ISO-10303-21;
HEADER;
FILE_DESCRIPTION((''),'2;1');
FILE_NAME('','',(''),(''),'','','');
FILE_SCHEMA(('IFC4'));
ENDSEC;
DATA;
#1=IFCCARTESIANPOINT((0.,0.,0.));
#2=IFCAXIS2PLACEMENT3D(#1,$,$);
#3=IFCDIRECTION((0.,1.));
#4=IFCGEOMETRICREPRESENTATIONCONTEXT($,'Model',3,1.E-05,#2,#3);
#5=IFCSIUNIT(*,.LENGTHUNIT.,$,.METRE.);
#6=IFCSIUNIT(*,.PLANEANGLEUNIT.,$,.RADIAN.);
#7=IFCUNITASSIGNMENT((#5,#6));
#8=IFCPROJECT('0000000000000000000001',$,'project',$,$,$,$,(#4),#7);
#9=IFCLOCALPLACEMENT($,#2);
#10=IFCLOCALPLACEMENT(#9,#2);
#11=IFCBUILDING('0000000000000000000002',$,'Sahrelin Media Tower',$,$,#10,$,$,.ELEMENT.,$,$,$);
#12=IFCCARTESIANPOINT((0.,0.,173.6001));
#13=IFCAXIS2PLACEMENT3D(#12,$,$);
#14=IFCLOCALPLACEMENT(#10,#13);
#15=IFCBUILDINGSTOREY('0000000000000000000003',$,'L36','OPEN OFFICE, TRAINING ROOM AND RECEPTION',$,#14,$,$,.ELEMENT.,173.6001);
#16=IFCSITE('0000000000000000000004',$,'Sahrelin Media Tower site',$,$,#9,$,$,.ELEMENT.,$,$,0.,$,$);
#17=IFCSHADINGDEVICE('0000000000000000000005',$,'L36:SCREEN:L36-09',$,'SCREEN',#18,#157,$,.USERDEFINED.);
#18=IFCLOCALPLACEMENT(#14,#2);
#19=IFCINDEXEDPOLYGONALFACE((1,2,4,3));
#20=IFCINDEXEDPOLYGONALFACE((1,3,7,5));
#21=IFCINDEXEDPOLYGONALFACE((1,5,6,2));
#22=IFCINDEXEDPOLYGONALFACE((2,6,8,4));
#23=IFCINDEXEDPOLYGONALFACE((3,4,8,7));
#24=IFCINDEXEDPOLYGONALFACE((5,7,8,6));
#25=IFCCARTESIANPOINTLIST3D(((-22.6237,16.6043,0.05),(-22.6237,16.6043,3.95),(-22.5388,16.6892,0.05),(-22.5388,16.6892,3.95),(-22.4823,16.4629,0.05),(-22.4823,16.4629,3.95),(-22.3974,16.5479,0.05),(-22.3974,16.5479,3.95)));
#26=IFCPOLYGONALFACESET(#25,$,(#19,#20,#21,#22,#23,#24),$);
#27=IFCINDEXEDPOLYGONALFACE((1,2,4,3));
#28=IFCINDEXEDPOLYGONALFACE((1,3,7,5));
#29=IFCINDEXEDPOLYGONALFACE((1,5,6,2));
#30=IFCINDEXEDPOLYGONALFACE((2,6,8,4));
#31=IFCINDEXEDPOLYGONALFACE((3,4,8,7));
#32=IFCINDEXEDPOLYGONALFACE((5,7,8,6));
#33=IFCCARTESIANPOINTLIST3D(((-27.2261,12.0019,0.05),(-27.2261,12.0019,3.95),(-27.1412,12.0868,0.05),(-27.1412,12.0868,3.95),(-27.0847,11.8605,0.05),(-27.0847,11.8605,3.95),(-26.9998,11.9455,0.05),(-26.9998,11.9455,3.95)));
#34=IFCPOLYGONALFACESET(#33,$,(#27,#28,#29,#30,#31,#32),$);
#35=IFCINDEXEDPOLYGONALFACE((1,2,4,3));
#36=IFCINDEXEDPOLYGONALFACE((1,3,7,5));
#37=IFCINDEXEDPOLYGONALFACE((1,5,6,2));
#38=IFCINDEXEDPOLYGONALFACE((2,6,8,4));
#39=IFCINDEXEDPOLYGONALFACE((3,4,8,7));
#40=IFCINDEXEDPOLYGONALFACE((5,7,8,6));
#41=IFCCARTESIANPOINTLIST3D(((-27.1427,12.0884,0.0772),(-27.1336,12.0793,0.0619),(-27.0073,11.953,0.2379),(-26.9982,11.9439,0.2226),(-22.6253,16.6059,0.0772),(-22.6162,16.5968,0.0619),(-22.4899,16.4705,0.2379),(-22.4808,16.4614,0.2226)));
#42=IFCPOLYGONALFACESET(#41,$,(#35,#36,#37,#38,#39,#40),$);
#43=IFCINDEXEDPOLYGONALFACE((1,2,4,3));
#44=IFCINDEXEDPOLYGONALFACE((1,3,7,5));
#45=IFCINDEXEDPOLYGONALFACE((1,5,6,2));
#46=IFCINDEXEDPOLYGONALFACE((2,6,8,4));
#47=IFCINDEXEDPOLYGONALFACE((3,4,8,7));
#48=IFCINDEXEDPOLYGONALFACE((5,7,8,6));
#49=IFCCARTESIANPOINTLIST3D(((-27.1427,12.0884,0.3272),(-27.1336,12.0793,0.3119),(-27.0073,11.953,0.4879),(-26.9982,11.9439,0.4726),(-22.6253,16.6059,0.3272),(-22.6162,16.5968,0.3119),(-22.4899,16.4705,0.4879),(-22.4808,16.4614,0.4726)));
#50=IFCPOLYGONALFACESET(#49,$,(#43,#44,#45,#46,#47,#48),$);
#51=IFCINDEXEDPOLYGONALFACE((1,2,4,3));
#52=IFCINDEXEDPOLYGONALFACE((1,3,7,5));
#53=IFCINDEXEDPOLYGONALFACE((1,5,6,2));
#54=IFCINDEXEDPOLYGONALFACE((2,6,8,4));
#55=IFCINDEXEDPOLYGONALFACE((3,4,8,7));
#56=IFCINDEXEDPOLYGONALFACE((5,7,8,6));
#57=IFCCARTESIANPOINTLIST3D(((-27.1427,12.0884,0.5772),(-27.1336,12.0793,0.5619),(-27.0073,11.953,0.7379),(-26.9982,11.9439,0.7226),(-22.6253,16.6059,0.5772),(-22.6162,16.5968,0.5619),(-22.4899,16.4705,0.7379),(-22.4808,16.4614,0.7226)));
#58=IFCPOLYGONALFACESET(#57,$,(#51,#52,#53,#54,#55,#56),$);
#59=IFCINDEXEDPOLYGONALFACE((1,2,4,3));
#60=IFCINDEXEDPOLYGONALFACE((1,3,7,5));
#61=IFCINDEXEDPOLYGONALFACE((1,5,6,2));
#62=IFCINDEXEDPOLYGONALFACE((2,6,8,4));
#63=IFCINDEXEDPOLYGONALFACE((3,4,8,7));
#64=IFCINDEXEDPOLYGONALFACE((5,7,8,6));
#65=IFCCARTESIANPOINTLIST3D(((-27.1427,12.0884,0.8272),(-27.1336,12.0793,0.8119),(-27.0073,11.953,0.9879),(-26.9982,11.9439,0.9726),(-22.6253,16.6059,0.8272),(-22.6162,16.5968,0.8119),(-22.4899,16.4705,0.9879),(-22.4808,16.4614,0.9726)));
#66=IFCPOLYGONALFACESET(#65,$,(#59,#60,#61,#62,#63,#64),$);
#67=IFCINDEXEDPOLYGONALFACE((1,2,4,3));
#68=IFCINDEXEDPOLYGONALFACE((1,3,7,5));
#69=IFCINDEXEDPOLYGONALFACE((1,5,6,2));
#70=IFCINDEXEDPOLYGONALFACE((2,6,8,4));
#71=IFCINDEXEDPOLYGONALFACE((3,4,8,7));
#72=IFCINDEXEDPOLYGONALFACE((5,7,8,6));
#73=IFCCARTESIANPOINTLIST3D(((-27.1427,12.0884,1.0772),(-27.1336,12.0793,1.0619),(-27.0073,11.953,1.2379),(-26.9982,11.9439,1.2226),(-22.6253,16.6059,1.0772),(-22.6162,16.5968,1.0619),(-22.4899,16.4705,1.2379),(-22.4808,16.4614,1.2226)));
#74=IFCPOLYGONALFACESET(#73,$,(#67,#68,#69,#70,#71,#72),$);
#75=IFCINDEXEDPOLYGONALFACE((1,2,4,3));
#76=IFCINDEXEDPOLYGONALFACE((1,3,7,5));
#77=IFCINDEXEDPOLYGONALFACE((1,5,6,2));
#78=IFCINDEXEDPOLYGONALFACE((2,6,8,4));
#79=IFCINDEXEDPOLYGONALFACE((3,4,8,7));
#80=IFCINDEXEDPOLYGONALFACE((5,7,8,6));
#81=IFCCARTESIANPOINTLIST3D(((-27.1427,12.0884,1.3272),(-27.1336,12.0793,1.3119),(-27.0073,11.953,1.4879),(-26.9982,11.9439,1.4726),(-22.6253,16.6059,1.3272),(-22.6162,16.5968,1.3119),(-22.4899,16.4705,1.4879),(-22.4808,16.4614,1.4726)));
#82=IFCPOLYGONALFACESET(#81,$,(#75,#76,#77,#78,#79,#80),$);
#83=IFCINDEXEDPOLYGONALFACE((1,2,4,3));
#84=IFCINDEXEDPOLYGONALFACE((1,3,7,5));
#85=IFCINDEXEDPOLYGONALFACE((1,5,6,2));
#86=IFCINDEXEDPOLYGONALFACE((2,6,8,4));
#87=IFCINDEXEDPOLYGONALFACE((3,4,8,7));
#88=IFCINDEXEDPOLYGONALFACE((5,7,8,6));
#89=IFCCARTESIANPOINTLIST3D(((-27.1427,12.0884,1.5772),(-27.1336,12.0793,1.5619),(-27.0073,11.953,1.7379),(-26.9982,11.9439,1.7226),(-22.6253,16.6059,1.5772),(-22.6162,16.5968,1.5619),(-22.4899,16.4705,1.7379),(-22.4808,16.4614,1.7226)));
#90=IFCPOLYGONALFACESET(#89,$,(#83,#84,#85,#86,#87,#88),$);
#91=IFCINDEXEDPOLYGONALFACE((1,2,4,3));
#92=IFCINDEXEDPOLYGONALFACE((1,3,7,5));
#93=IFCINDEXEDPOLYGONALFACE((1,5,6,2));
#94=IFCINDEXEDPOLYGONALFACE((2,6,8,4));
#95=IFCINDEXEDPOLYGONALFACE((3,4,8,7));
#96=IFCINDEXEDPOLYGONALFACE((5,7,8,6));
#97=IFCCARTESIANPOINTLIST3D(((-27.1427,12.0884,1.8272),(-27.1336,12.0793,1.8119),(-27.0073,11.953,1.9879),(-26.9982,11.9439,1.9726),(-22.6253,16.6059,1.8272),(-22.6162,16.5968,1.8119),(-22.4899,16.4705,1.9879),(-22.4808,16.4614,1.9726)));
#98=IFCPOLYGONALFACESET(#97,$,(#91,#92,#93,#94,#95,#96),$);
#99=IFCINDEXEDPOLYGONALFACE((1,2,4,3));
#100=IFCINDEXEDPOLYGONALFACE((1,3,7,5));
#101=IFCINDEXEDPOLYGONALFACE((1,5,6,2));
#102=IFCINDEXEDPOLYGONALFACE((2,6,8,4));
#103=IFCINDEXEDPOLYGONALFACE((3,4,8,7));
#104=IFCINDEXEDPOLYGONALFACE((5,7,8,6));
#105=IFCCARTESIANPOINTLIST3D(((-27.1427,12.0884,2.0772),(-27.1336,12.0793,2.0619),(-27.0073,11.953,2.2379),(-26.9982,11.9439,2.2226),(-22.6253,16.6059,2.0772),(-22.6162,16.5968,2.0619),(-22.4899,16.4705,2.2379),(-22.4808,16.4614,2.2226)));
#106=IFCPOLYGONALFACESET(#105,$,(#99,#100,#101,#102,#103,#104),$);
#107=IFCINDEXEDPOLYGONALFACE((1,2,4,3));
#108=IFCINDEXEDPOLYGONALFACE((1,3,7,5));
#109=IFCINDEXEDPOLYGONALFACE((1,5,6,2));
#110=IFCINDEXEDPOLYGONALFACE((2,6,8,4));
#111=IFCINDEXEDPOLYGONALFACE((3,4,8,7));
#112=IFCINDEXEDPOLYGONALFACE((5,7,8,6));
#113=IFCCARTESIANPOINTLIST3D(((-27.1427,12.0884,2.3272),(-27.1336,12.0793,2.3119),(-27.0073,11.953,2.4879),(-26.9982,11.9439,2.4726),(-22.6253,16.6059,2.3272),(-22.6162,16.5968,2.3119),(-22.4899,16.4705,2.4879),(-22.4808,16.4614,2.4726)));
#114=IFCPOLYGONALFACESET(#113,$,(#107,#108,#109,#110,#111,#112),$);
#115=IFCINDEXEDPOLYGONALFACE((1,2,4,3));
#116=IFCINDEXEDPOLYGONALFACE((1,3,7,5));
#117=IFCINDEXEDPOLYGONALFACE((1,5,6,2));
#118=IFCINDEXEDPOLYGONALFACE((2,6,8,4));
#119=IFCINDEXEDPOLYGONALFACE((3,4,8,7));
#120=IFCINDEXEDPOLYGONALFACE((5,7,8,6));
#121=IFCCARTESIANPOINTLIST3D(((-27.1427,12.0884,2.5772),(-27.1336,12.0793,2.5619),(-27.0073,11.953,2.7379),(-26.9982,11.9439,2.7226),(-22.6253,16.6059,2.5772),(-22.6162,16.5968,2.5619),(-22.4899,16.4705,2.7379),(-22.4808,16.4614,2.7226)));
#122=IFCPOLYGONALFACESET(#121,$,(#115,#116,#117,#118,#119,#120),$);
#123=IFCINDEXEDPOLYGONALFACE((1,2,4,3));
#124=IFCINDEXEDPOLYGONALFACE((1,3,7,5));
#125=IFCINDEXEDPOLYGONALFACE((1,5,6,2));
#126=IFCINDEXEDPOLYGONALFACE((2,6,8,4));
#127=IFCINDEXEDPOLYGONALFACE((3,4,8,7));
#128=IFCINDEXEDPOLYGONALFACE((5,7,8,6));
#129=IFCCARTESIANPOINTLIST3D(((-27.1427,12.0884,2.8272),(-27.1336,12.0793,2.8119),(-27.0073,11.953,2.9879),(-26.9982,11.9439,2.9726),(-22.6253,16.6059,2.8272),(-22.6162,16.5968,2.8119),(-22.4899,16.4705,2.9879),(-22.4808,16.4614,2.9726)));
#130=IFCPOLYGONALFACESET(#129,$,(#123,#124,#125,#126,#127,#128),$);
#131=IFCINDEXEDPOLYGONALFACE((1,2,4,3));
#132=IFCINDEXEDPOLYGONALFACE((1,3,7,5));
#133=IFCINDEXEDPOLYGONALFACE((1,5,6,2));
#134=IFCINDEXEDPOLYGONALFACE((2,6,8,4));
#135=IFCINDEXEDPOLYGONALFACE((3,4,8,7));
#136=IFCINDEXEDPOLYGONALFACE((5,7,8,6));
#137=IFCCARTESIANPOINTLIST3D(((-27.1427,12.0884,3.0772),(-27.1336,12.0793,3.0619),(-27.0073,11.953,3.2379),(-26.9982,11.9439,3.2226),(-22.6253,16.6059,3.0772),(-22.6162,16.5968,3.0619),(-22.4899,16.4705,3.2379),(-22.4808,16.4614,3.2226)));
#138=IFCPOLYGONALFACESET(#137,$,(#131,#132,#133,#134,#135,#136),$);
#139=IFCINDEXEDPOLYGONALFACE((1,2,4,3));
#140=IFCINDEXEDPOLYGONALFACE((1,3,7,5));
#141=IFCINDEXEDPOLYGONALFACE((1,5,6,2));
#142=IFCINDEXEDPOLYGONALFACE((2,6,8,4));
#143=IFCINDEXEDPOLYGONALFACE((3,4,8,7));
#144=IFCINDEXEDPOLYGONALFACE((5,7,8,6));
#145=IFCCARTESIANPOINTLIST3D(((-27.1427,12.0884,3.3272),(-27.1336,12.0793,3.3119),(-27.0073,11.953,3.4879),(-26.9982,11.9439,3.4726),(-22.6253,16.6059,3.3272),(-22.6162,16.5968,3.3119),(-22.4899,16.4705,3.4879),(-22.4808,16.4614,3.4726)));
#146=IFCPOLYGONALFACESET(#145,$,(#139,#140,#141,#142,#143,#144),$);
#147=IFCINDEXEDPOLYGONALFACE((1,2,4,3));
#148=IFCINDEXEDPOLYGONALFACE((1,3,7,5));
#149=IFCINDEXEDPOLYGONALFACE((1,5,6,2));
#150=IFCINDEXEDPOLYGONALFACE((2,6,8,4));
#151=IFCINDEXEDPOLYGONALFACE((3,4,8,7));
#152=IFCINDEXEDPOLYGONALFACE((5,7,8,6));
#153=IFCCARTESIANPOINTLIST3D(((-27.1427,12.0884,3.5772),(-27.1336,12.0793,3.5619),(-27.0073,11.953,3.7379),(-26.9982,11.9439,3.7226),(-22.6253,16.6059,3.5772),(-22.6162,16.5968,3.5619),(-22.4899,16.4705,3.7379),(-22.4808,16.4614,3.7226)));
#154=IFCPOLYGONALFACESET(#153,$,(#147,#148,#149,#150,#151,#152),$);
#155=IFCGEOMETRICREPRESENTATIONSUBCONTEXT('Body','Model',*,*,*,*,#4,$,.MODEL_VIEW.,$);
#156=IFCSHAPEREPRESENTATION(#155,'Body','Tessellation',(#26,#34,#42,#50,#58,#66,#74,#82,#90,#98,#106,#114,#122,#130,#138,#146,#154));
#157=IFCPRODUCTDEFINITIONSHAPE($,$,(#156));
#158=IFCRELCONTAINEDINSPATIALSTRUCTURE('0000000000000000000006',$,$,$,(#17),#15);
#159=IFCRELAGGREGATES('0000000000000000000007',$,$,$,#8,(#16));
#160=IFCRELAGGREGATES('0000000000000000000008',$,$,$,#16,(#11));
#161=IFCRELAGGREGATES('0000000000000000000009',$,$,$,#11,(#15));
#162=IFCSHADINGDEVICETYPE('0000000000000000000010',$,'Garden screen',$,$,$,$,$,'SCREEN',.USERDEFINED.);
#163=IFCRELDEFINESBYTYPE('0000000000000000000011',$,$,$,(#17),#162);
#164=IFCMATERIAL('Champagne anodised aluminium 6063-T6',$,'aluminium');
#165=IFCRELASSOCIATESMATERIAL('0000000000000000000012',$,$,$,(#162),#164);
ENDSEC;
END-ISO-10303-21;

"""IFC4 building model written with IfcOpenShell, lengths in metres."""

from ifc_helpers import new_model, si_unit, direction, frame, origin, origin_2d, place, context, subcontext, project, spatial, rectangle, extrude, material, type_object, element, save


model = new_model("IFC4")

# Units and contexts
model_context = context("Model", 3, precision=1e-05, world=origin(), true_north=direction((0.0, 1.0)))
body_context = subcontext(model_context, "Body", "Model", "MODEL_VIEW")
ifc_project = project(units=[si_unit("LENGTHUNIT", "METRE"), si_unit("PLANEANGLEUNIT", "RADIAN")], contexts=[model_context])

# Site, building, storey
site_placement = place(None, origin())
site = spatial("IfcSite", under=ifc_project, at=site_placement, Name="Sahrelin Media Tower site", CompositionType="ELEMENT", RefElevation=0.0)
building_placement = place(site_placement, origin())
building = spatial("IfcBuilding", under=site, at=building_placement, Name="Sahrelin Media Tower", CompositionType="ELEMENT")
storey_placement = place(building_placement, frame((0.0, 0.0, 173.6001)))
storey = spatial("IfcBuildingStorey", under=building, at=storey_placement, Name="L36", Description="OPEN OFFICE, TRAINING ROOM AND RECEPTION", CompositionType="ELEMENT", Elevation=173.6001)

# Shading device
ifc_material_1 = material(Name="Champagne anodised aluminium 6063-T6", Category="aluminium")
shading_device_type = type_object("IfcShadingDeviceType", Name="Garden screen", ElementType="SCREEN", PredefinedType="USERDEFINED", material=ifc_material_1)
shading_device_1_placement = place(storey_placement, frame((-24.741, 14.2041, 0.0), z_axis=(0.0, 0.0, 1.0), x_axis=(0.707107, 0.707107, 0.0)))
element("IfcShadingDevice", 1, at=shading_device_1_placement, inside=storey, type_object=shading_device_type, Name="L36:SCREEN:L36-09", ObjectType="SCREEN", PredefinedType="USERDEFINED", context=body_context, shape_type="SweptSolid", body=[
    extrude(rectangle(XDim=0.1201, YDim=0.2, at=origin_2d()), frame((3.2544, 0.1001, 0.05), z_axis=(0.0, 0.0, 1.0), x_axis=(1.0, 0.0, 0.0)), (0.0, 0.0, 1.0), 3.8999),
    extrude(rectangle(XDim=0.1201, YDim=0.2, at=origin_2d()), frame((-3.2544, 0.1001, 0.05), z_axis=(0.0, 0.0, 1.0), x_axis=(1.0, 0.0, 0.0)), (0.0, 0.0, 1.0), 3.8999),
    extrude(rectangle(XDim=0.25, YDim=0.02, at=origin_2d()), frame((3.1943, 0.1001, 0.1499), z_axis=(-1.0, 0.0, 0.0), x_axis=(0.0, -0.766044, 0.642788)), (0.0, 0.0, 1.0), 6.3887),
    extrude(rectangle(XDim=0.25, YDim=0.02, at=origin_2d()), frame((3.1943, 0.1001, 0.3999), z_axis=(-1.0, 0.0, 0.0), x_axis=(0.0, -0.766044, 0.642788)), (0.0, 0.0, 1.0), 6.3887),
    extrude(rectangle(XDim=0.25, YDim=0.02, at=origin_2d()), frame((3.1943, 0.1001, 0.6499), z_axis=(-1.0, 0.0, 0.0), x_axis=(0.0, -0.766044, 0.642788)), (0.0, 0.0, 1.0), 6.3887),
    extrude(rectangle(XDim=0.25, YDim=0.02, at=origin_2d()), frame((3.1943, 0.1001, 0.8999), z_axis=(-1.0, 0.0, 0.0), x_axis=(0.0, -0.766044, 0.642788)), (0.0, 0.0, 1.0), 6.3887),
    extrude(rectangle(XDim=0.25, YDim=0.02, at=origin_2d()), frame((3.1943, 0.1001, 1.1499), z_axis=(-1.0, 0.0, 0.0), x_axis=(0.0, -0.766044, 0.642788)), (0.0, 0.0, 1.0), 6.3887),
    extrude(rectangle(XDim=0.25, YDim=0.02, at=origin_2d()), frame((3.1943, 0.1001, 1.3999), z_axis=(-1.0, 0.0, 0.0), x_axis=(0.0, -0.766044, 0.642788)), (0.0, 0.0, 1.0), 6.3887),
    extrude(rectangle(XDim=0.25, YDim=0.02, at=origin_2d()), frame((3.1943, 0.1001, 1.6499), z_axis=(-1.0, 0.0, 0.0), x_axis=(0.0, -0.766044, 0.642788)), (0.0, 0.0, 1.0), 6.3887),
    extrude(rectangle(XDim=0.25, YDim=0.02, at=origin_2d()), frame((3.1943, 0.1001, 1.8999), z_axis=(-1.0, 0.0, 0.0), x_axis=(0.0, -0.766044, 0.642788)), (0.0, 0.0, 1.0), 6.3887),
    extrude(rectangle(XDim=0.25, YDim=0.02, at=origin_2d()), frame((3.1943, 0.1001, 2.1499), z_axis=(-1.0, 0.0, 0.0), x_axis=(0.0, -0.766044, 0.642788)), (0.0, 0.0, 1.0), 6.3887),
    extrude(rectangle(XDim=0.25, YDim=0.02, at=origin_2d()), frame((3.1943, 0.1001, 2.3999), z_axis=(-1.0, 0.0, 0.0), x_axis=(0.0, -0.766044, 0.642788)), (0.0, 0.0, 1.0), 6.3887),
    extrude(rectangle(XDim=0.25, YDim=0.02, at=origin_2d()), frame((3.1943, 0.1001, 2.6499), z_axis=(-1.0, 0.0, 0.0), x_axis=(0.0, -0.766044, 0.642788)), (0.0, 0.0, 1.0), 6.3887),
    extrude(rectangle(XDim=0.25, YDim=0.02, at=origin_2d()), frame((3.1943, 0.1001, 2.8999), z_axis=(-1.0, 0.0, 0.0), x_axis=(0.0, -0.766044, 0.642788)), (0.0, 0.0, 1.0), 6.3887),
    extrude(rectangle(XDim=0.25, YDim=0.02, at=origin_2d()), frame((3.1943, 0.1001, 3.1499), z_axis=(-1.0, 0.0, 0.0), x_axis=(0.0, -0.766044, 0.642788)), (0.0, 0.0, 1.0), 6.3887),
    extrude(rectangle(XDim=0.25, YDim=0.02, at=origin_2d()), frame((3.1943, 0.1001, 3.3999), z_axis=(-1.0, 0.0, 0.0), x_axis=(0.0, -0.766044, 0.642788)), (0.0, 0.0, 1.0), 6.3887),
    extrude(rectangle(XDim=0.25, YDim=0.02, at=origin_2d()), frame((3.1943, 0.1001, 3.6499), z_axis=(-1.0, 0.0, 0.0), x_axis=(0.0, -0.766044, 0.642788)), (0.0, 0.0, 1.0), 6.3887),
])

save(model, "model.ifc")
